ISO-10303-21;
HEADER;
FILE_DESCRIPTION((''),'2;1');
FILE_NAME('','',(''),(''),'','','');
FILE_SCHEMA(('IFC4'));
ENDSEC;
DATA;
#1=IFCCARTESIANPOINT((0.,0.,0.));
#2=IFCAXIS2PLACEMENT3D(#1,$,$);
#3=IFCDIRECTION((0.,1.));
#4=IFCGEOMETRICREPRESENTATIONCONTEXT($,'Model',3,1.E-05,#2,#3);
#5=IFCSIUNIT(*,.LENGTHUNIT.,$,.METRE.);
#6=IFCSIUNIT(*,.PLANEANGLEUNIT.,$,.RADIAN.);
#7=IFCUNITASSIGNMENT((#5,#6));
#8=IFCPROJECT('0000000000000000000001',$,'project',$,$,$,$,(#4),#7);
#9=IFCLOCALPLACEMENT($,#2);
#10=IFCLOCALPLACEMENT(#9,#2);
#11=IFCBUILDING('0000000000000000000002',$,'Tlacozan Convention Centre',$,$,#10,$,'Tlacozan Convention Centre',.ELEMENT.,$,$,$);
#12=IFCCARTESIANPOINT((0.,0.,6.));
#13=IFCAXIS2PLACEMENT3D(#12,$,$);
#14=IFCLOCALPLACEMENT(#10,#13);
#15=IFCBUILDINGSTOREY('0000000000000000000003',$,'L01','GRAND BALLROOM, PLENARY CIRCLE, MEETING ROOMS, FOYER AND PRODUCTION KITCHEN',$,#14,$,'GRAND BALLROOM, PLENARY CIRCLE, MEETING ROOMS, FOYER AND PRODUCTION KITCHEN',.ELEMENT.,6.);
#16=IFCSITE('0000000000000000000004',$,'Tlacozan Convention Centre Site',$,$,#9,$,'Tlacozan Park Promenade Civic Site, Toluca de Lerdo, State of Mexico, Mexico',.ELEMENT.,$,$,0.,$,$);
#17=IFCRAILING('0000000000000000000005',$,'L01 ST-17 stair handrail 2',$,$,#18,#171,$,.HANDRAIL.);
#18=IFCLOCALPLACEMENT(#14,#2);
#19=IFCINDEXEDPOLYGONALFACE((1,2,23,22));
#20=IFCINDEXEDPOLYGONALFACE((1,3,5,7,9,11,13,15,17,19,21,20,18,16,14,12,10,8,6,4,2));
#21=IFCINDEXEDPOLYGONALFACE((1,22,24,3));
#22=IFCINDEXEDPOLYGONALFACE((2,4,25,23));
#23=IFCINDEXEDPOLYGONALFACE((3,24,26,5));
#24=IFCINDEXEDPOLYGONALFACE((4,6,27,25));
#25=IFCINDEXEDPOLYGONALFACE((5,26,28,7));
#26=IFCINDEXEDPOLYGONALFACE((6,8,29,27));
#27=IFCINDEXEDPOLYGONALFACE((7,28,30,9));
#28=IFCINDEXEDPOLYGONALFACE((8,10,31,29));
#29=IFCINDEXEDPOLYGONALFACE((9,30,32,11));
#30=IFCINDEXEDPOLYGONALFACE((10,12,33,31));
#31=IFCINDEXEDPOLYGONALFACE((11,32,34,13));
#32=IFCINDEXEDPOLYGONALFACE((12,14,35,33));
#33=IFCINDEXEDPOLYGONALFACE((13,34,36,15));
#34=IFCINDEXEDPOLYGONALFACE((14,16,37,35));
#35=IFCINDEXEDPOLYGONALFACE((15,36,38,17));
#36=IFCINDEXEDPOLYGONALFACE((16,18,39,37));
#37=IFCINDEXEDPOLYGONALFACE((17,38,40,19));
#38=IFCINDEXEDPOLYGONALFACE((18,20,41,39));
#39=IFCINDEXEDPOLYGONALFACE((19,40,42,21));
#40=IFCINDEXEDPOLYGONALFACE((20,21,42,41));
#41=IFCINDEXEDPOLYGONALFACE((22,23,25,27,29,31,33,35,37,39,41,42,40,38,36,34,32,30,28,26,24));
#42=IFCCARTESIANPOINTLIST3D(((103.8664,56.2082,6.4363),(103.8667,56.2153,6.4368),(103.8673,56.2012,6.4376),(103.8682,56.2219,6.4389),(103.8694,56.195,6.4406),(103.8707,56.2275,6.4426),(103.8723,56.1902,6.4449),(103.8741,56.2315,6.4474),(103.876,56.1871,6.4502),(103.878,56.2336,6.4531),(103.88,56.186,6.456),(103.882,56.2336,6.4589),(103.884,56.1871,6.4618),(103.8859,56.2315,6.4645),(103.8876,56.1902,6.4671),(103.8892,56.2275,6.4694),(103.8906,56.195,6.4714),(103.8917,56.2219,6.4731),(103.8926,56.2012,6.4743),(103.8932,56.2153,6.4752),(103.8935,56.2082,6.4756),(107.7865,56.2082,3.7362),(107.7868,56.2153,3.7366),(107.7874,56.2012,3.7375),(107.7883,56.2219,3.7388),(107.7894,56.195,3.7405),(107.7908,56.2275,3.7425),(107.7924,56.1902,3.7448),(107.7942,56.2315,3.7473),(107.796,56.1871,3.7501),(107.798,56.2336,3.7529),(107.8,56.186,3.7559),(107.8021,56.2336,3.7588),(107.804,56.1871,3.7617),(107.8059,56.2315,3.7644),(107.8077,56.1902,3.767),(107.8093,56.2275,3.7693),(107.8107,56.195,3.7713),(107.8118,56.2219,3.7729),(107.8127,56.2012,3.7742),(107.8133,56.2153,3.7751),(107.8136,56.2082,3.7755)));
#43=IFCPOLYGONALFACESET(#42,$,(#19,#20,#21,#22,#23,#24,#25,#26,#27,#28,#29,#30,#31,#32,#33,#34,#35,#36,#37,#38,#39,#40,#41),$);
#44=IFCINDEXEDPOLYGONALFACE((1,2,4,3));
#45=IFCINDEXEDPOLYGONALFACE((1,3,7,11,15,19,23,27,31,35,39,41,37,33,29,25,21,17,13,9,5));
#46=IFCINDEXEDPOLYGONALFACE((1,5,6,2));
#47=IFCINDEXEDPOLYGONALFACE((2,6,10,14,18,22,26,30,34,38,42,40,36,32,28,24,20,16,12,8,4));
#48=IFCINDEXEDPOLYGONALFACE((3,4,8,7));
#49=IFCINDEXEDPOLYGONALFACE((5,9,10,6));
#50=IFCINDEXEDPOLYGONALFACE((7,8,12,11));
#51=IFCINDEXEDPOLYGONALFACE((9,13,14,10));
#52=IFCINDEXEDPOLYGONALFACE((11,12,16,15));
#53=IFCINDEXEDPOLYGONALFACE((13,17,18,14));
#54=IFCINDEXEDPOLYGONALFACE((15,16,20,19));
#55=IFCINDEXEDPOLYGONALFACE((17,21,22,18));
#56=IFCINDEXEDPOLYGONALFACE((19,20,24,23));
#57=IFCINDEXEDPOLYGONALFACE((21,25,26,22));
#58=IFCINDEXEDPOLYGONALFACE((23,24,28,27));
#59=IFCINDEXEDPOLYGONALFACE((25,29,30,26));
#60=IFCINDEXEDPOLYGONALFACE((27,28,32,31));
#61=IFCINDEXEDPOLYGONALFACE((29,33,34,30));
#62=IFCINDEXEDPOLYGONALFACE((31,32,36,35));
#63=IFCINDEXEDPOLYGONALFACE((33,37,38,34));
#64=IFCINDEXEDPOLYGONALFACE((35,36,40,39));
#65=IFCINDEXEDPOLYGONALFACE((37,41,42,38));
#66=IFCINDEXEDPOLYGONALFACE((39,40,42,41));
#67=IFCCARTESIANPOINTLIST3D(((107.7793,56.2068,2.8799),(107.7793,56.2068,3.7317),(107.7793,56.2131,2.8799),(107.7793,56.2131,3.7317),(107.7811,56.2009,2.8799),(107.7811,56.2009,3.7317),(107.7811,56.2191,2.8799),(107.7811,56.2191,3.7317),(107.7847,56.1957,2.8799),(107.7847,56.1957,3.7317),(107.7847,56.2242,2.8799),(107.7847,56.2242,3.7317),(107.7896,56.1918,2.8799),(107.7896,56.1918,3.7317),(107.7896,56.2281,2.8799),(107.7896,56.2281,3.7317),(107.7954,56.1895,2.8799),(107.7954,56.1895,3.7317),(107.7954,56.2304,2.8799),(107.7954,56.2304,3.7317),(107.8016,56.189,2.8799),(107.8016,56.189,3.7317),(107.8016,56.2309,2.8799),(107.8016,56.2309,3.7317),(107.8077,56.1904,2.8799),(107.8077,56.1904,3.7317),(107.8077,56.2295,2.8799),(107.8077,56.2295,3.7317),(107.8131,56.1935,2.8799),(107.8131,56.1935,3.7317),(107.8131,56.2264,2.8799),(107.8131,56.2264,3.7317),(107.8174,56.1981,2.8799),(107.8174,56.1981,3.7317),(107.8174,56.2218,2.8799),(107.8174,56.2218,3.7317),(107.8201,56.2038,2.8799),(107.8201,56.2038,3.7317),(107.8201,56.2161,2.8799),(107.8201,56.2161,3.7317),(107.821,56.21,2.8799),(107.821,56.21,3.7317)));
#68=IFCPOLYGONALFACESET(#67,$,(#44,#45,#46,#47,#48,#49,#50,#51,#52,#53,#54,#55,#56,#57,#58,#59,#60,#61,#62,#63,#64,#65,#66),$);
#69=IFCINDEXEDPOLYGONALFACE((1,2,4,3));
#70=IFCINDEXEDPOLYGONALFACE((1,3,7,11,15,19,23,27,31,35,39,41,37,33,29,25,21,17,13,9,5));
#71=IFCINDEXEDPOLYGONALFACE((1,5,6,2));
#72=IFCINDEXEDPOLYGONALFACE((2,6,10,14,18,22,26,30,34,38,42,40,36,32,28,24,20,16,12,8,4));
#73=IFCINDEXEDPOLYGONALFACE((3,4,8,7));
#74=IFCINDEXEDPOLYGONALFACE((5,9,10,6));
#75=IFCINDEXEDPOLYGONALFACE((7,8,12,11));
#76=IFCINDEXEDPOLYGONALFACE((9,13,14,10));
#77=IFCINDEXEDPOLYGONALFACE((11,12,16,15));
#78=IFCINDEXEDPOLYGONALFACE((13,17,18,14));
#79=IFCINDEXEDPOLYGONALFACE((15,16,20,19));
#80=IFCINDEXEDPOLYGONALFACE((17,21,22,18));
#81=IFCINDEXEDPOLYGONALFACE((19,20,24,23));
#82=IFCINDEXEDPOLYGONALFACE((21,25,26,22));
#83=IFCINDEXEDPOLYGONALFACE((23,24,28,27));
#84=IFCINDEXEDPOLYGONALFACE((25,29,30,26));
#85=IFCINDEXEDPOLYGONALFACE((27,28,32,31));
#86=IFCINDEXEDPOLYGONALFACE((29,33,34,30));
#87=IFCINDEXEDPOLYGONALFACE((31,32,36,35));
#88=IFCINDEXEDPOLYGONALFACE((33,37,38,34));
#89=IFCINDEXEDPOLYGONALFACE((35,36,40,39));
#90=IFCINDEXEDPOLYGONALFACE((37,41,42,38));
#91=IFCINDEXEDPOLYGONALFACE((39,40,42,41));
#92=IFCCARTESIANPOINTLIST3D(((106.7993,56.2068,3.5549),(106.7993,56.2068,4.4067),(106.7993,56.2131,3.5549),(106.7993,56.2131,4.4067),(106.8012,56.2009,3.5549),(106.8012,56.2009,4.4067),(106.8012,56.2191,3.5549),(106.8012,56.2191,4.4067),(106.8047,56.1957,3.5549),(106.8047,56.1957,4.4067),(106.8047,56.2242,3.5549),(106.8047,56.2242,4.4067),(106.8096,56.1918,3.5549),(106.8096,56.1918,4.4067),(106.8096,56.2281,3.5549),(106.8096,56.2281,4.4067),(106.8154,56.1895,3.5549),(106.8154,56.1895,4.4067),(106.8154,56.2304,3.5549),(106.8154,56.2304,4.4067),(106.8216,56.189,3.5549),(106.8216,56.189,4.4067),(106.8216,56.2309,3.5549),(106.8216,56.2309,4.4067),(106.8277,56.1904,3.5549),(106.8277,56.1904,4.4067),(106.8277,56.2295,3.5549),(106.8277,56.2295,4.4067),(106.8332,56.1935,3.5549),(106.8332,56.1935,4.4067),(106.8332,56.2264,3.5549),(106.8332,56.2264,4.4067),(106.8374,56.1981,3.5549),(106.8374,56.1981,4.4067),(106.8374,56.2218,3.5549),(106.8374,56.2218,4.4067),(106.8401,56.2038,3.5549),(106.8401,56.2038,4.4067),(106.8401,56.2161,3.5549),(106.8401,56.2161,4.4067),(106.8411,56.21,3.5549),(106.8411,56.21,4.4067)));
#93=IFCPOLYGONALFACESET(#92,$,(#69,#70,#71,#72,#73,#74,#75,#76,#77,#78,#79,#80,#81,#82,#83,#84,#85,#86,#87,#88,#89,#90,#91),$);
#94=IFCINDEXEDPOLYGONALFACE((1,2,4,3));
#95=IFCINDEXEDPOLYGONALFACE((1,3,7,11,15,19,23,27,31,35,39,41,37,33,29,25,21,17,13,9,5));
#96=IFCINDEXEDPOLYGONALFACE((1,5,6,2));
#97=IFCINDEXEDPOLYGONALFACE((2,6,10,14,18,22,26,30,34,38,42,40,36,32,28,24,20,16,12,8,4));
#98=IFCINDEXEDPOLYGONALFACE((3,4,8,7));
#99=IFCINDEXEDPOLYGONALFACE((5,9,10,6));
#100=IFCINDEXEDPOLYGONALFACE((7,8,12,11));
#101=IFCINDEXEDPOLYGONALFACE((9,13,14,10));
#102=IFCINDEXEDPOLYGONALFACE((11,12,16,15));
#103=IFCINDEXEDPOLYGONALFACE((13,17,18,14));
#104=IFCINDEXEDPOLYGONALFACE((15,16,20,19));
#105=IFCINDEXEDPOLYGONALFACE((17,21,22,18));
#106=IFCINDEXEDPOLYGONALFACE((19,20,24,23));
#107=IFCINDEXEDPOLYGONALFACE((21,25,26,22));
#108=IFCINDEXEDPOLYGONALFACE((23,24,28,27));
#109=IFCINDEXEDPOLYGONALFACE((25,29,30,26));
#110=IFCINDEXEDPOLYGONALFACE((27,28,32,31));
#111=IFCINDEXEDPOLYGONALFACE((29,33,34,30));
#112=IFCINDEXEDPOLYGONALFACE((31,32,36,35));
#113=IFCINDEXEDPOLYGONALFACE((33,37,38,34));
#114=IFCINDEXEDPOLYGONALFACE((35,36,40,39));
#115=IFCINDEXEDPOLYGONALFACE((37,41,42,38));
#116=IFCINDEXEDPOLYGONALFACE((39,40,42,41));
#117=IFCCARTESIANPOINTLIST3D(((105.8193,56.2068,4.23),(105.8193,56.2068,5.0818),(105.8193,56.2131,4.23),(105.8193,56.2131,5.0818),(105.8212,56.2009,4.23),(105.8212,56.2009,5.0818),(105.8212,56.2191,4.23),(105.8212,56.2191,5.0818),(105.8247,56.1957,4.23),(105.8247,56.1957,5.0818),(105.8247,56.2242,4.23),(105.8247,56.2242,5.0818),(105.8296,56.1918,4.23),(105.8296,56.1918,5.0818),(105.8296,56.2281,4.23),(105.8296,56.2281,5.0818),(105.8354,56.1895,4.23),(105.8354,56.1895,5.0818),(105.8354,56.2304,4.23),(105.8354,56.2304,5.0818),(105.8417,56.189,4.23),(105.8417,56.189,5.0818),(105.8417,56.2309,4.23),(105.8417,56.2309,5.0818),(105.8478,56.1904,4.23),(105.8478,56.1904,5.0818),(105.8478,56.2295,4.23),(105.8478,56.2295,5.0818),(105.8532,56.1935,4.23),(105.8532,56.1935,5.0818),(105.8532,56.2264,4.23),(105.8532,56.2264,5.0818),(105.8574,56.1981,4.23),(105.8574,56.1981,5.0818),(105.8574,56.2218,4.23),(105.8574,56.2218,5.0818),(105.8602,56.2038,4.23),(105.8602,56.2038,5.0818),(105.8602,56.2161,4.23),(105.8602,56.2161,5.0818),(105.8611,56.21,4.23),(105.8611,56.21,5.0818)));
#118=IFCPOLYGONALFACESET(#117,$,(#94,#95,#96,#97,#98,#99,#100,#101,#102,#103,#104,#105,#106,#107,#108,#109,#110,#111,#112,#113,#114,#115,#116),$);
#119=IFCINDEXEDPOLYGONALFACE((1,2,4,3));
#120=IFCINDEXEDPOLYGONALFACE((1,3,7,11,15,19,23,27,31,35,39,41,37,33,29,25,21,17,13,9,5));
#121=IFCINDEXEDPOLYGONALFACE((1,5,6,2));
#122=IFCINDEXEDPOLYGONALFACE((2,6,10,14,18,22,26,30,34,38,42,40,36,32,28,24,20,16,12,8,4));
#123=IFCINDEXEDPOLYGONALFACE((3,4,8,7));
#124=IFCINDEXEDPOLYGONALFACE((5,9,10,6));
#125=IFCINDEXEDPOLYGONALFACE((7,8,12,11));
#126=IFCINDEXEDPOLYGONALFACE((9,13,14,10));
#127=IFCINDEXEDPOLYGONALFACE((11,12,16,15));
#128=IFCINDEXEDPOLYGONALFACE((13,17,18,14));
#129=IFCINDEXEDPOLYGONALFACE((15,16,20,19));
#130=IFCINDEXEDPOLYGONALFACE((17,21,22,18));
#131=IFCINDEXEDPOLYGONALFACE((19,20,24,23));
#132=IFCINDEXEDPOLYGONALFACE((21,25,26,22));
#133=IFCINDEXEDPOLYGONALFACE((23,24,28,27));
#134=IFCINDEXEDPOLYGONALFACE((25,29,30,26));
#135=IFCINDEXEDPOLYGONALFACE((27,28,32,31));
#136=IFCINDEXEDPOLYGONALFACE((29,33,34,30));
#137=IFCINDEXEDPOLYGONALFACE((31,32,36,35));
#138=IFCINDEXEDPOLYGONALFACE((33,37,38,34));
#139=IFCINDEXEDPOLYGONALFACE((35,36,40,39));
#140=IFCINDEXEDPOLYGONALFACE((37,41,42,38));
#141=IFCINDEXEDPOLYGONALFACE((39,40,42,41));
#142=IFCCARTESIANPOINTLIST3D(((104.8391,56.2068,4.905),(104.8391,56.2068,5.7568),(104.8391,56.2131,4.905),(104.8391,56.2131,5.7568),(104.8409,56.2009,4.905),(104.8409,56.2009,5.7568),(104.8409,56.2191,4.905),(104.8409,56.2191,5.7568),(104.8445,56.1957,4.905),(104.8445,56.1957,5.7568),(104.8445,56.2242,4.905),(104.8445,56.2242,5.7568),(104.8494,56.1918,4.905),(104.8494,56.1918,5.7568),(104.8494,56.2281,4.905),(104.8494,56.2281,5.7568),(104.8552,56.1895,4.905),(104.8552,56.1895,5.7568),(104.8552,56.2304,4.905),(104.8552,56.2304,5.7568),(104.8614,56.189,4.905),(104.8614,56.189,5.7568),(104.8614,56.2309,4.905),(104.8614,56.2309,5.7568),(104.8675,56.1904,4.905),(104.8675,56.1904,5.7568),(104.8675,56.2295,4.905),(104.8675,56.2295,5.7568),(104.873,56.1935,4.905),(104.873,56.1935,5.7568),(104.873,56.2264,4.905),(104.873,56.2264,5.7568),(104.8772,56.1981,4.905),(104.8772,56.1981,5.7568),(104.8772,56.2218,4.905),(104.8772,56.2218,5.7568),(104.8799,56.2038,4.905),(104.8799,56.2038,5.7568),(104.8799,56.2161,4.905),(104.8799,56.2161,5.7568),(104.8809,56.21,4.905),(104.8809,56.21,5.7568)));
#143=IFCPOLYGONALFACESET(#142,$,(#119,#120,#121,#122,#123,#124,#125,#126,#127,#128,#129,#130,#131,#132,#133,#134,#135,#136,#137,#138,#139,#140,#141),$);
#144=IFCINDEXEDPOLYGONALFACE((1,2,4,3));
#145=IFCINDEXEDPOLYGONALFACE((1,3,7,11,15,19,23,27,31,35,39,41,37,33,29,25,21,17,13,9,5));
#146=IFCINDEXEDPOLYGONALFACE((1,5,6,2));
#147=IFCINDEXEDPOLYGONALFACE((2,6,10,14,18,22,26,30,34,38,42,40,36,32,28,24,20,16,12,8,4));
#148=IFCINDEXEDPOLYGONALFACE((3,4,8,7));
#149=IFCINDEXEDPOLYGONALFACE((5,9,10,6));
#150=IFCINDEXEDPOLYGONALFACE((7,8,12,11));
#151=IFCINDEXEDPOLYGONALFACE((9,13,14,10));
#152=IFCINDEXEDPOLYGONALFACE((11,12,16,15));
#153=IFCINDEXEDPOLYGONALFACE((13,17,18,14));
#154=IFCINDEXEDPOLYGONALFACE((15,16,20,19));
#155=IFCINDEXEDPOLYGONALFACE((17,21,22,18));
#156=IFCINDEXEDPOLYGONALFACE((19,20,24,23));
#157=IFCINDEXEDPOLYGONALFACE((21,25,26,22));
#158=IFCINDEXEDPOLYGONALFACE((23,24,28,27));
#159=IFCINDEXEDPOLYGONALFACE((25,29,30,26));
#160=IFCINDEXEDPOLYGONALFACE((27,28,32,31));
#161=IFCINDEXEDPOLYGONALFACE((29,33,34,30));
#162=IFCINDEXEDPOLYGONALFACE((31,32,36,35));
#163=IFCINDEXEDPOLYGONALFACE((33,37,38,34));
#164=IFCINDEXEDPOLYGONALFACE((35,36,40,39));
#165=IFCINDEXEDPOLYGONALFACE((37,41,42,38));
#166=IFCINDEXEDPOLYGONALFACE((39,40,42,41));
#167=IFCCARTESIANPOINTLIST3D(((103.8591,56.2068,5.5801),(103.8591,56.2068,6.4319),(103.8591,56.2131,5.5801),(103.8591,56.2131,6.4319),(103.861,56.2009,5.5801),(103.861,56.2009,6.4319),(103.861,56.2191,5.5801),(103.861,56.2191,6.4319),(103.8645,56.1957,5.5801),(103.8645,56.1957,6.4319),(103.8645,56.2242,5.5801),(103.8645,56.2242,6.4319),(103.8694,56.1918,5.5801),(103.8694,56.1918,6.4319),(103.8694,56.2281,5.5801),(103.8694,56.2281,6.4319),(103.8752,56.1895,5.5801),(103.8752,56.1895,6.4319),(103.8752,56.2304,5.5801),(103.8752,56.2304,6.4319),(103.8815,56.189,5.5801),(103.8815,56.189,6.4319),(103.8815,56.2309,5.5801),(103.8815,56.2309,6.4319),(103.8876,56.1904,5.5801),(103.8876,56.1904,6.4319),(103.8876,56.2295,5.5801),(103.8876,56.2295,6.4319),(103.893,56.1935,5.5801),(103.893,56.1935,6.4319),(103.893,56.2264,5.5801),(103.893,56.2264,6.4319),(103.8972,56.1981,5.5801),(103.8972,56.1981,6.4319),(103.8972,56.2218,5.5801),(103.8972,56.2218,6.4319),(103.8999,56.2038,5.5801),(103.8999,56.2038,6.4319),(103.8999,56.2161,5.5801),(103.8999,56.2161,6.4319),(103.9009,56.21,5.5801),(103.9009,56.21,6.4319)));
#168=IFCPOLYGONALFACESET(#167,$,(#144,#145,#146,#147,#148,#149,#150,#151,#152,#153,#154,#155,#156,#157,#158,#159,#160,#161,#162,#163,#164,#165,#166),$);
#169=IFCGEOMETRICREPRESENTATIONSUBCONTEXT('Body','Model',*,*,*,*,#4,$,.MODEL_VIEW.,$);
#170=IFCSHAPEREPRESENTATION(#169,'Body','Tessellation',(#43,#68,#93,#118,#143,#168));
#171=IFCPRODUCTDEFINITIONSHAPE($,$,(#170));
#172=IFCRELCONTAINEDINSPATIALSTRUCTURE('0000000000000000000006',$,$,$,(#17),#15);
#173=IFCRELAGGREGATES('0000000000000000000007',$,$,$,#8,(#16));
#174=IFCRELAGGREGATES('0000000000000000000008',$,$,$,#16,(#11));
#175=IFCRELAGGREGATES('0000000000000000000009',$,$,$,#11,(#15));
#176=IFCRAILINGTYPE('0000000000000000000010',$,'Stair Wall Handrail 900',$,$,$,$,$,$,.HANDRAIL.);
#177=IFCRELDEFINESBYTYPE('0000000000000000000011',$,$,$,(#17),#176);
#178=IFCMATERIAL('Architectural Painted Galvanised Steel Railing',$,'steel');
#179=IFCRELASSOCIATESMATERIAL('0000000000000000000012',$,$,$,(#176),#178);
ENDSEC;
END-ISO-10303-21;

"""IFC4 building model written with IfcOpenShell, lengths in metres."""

from ifc_helpers import new_model, si_unit, direction, frame, origin, origin_2d, place, context, subcontext, project, spatial, circle, extrude, material, type_object, element, save


model = new_model("IFC4")

# Units and contexts
model_context = context("Model", 3, precision=1e-05, world=origin(), true_north=direction((0.0, 1.0)))
body_context = subcontext(model_context, "Body", "Model", "MODEL_VIEW")
ifc_project = project(units=[si_unit("LENGTHUNIT", "METRE"), si_unit("PLANEANGLEUNIT", "RADIAN")], contexts=[model_context])

# Site, building, storey
site_placement = place(None, origin())
site = spatial("IfcSite", under=ifc_project, at=site_placement, Name="Tlacozan Convention Centre Site", LongName="Tlacozan Park Promenade Civic Site, Toluca de Lerdo, State of Mexico, Mexico", CompositionType="ELEMENT", RefElevation=0.0)
building_placement = place(site_placement, origin())
building = spatial("IfcBuilding", under=site, at=building_placement, Name="Tlacozan Convention Centre", LongName="Tlacozan Convention Centre", CompositionType="ELEMENT")
storey_placement = place(building_placement, frame((0.0, 0.0, 6.0)))
storey = spatial("IfcBuildingStorey", under=building, at=storey_placement, Name="L01", Description="GRAND BALLROOM, PLENARY CIRCLE, MEETING ROOMS, FOYER AND PRODUCTION KITCHEN", LongName="GRAND BALLROOM, PLENARY CIRCLE, MEETING ROOMS, FOYER AND PRODUCTION KITCHEN", CompositionType="ELEMENT", Elevation=6.0)

# Railing
ifc_material_1 = material(Name="Architectural Painted Galvanised Steel Railing", Category="steel")
railing_type_1 = type_object("IfcRailingType", Name="Stair Wall Handrail 900", PredefinedType="HANDRAIL", material=ifc_material_1)
railing_1_placement = place(storey_placement, frame((107.8, 56.21, 2.8799)))
element("IfcRailing", 1, at=railing_1_placement, inside=storey, type_object=railing_type_1, Name="L01 ST-17 stair handrail 2", PredefinedType="HANDRAIL", context=body_context, shape_type="SweptSolid", body=[
    extrude(circle(Radius=0.0239, at=origin_2d()), frame((0.0, 0.0, 0.876), z_axis=(-0.823543, 0.0, 0.567253), x_axis=(0.0, -1.0, 0.0)), (0.0, 0.0, 1.0), 4.76),
    extrude(circle(Radius=0.021, at=origin_2d()), origin(), (0.0, 0.0, 1.0), 0.8518),
    extrude(circle(Radius=0.021, at=origin_2d()), frame((-0.98, 0.0, 0.675)), (0.0, 0.0, 1.0), 0.8518),
    extrude(circle(Radius=0.021, at=origin_2d()), frame((-1.96, 0.0, 1.3501)), (0.0, 0.0, 1.0), 0.8518),
    extrude(circle(Radius=0.021, at=origin_2d()), frame((-2.9402, 0.0, 2.0251)), (0.0, 0.0, 1.0), 0.8518),
    extrude(circle(Radius=0.021, at=origin_2d()), frame((-3.9202, 0.0, 2.7002)), (0.0, 0.0, 1.0), 0.8518),
])

save(model, "model.ifc")
